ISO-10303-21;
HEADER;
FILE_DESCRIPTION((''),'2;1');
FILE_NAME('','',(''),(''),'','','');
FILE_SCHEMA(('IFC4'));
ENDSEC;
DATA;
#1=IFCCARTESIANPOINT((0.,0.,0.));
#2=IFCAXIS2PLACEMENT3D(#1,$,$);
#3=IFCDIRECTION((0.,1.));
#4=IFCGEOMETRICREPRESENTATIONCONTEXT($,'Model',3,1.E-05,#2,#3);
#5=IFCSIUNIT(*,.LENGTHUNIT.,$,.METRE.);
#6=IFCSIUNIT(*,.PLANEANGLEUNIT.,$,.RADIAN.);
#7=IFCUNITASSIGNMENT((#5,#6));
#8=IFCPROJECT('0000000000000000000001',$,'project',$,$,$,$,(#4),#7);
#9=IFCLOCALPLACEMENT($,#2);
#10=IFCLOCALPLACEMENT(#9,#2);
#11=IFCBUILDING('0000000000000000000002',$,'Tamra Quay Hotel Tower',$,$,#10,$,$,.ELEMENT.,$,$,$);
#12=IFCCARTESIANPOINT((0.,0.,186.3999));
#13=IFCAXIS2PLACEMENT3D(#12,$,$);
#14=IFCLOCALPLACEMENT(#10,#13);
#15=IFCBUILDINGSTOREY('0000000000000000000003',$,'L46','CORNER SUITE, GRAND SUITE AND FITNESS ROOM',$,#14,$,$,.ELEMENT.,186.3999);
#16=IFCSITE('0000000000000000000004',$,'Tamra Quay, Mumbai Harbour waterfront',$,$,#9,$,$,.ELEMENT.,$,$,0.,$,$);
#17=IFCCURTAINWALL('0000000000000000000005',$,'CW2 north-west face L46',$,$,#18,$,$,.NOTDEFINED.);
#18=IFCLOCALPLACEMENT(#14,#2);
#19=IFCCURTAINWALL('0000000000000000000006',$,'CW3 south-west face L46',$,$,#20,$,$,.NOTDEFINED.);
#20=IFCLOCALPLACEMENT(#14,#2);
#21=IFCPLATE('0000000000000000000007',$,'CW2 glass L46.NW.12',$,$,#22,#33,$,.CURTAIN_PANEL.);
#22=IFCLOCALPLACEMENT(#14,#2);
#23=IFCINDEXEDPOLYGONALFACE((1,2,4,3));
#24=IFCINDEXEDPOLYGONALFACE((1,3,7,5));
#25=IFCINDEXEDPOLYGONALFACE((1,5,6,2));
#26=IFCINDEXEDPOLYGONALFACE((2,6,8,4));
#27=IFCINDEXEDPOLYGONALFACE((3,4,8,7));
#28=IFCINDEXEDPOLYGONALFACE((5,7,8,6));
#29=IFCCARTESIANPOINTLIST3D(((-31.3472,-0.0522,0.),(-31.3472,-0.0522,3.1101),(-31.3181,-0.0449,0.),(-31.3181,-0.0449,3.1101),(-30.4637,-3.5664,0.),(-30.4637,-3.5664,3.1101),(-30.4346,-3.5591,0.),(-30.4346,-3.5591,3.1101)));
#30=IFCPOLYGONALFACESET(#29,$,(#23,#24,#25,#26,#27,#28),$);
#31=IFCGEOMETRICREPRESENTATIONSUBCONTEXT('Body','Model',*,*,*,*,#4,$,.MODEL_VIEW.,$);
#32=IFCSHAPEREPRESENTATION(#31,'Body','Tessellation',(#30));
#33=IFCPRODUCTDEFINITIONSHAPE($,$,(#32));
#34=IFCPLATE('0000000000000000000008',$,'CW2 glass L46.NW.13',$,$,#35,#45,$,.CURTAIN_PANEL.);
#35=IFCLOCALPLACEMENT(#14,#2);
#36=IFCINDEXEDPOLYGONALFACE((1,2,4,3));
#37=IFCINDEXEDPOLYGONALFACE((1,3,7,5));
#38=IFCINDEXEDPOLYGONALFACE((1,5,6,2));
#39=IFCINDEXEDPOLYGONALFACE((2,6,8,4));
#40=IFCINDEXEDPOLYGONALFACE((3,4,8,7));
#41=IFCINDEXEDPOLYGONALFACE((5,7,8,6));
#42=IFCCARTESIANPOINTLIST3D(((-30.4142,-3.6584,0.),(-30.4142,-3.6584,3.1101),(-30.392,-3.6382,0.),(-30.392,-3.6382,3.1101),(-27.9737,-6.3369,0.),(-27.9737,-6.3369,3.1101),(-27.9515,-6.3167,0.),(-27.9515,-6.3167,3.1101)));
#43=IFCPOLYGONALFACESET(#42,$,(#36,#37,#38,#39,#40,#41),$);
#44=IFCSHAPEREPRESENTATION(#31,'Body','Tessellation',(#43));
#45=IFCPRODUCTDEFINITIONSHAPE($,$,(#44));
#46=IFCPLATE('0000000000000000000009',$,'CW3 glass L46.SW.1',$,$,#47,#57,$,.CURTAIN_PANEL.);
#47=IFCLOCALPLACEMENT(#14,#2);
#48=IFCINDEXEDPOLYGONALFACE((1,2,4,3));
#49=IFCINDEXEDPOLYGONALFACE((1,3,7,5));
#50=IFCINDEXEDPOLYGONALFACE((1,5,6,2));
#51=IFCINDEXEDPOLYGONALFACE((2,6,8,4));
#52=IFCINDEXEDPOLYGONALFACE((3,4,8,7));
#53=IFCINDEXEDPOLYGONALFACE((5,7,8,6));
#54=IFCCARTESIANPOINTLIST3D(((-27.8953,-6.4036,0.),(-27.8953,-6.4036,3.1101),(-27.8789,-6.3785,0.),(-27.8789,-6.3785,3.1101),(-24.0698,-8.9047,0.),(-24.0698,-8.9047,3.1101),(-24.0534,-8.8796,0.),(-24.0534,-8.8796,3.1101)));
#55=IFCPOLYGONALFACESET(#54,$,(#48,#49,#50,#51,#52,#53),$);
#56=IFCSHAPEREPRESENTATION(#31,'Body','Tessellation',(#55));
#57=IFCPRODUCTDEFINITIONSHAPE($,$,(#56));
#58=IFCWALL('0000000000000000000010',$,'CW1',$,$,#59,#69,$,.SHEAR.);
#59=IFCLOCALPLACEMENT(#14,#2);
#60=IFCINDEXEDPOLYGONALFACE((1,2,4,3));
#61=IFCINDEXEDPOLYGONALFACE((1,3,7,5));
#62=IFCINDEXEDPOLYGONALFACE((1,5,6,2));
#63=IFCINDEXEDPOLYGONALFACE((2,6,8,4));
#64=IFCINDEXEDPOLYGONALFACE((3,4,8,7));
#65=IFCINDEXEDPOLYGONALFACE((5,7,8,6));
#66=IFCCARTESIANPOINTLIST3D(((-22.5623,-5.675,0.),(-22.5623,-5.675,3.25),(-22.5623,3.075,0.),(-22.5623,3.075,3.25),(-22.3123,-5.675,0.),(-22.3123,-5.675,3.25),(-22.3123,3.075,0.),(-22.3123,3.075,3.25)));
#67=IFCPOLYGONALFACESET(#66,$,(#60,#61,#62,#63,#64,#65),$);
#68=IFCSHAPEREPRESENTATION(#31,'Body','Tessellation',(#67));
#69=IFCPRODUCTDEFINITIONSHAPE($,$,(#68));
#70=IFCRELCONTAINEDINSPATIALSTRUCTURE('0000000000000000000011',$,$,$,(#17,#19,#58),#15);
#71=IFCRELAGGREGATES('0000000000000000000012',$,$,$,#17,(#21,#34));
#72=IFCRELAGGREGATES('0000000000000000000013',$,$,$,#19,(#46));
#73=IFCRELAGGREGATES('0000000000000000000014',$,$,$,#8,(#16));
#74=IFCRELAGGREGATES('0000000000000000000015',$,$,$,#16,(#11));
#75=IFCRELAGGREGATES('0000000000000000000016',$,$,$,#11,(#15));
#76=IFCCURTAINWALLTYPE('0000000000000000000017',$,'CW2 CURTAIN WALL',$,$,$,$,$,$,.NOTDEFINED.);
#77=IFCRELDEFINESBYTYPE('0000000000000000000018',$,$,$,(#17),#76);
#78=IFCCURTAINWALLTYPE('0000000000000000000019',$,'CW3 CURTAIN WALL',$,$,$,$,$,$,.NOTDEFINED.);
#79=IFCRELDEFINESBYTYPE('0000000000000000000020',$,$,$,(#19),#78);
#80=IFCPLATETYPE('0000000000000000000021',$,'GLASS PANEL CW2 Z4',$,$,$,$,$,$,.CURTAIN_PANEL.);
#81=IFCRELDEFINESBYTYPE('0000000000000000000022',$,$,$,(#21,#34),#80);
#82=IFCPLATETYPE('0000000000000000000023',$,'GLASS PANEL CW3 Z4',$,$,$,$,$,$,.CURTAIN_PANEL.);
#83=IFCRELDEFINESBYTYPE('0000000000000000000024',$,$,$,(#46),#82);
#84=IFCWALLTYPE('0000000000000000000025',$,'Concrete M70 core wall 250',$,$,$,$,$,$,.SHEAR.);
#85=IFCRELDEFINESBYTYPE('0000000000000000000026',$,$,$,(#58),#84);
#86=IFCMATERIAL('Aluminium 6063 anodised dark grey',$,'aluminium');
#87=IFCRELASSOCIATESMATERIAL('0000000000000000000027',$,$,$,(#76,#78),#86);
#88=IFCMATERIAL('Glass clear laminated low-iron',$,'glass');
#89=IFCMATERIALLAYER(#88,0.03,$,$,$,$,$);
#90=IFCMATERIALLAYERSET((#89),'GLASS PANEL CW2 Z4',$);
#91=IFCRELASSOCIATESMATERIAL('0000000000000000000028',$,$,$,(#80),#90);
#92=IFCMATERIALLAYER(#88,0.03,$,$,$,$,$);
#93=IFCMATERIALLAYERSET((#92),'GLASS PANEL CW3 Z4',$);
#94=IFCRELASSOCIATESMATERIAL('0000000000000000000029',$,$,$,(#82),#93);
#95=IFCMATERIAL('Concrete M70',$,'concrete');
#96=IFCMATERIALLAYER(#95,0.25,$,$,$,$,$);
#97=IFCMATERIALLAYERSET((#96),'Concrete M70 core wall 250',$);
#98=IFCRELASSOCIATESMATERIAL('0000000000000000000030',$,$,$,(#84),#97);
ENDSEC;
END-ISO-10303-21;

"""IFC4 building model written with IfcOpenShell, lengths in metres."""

from ifc_helpers import new_model, si_unit, direction, frame, frame_2d, origin, origin_2d, place, context, subcontext, project, spatial, rectangle, extrude, material, layer, layer_set, type_object, element, aggregate, save


model = new_model("IFC4")

# Units and contexts
model_context = context("Model", 3, precision=1e-05, world=origin(), true_north=direction((0.0, 1.0)))
body_context = subcontext(model_context, "Body", "Model", "MODEL_VIEW")
ifc_project = project(units=[si_unit("LENGTHUNIT", "METRE"), si_unit("PLANEANGLEUNIT", "RADIAN")], contexts=[model_context])

# Site, building, storey
site_placement = place(None, origin())
site = spatial("IfcSite", under=ifc_project, at=site_placement, Name="Tamra Quay, Mumbai Harbour waterfront", CompositionType="ELEMENT", RefElevation=0.0)
building_placement = place(site_placement, origin())
building = spatial("IfcBuilding", under=site, at=building_placement, Name="Tamra Quay Hotel Tower", CompositionType="ELEMENT")
storey_placement = place(building_placement, frame((0.0, 0.0, 186.3999)))
storey = spatial("IfcBuildingStorey", under=building, at=storey_placement, Name="L46", Description="CORNER SUITE, GRAND SUITE AND FITNESS ROOM", CompositionType="ELEMENT", Elevation=186.3999)

# Shared definitions
ifc_material_1 = material(Name="Concrete M70", Category="concrete")

# Curtain walls
ifc_material_2 = material(Name="Aluminium 6063 anodised dark grey", Category="aluminium")
curtain_wall_type_1 = type_object("IfcCurtainWallType", Name="CW2 CURTAIN WALL", PredefinedType="NOTDEFINED", material=ifc_material_2)
curtain_wall_1_placement = place(storey_placement, origin())
curtain_wall_1 = element("IfcCurtainWall", 1, at=curtain_wall_1_placement, inside=storey, type_object=curtain_wall_type_1, Name="CW2 north-west face L46", PredefinedType="NOTDEFINED")
curtain_wall_type_2 = type_object("IfcCurtainWallType", Name="CW3 CURTAIN WALL", PredefinedType="NOTDEFINED", material=ifc_material_2)
curtain_wall_2_placement = place(storey_placement, origin())
curtain_wall_2 = element("IfcCurtainWall", 2, at=curtain_wall_2_placement, inside=storey, type_object=curtain_wall_type_2, Name="CW3 south-west face L46", PredefinedType="NOTDEFINED")

# Plates
ifc_material_3 = material(Name="Glass clear laminated low-iron", Category="glass")
ifc_layer_1 = layer(ifc_material_3, 0.03)
ifc_layer_set_1 = layer_set([ifc_layer_1], Name="GLASS PANEL CW2 Z4")
plate_type_1 = type_object("IfcPlateType", Name="GLASS PANEL CW2 Z4", PredefinedType="CURTAIN_PANEL", material=ifc_layer_set_1)
plate_1_placement = place(storey_placement, frame((-30.8909, -1.8057, 0.0), z_axis=(0.0, 0.0, 1.0), x_axis=(0.243826, -0.969819, 0.0)))
plate_1 = element("IfcPlate", 3, at=plate_1_placement, type_object=plate_type_1, Name="CW2 glass L46.NW.12", PredefinedType="CURTAIN_PANEL", context=body_context, shape_type="SweptSolid", body=[
    extrude(rectangle(XDim=3.6235, YDim=0.03, at=origin_2d()), origin(), (0.0, 0.0, 1.0), 3.1101),
])
plate_2_placement = place(storey_placement, frame((-29.1829, -4.9875, 0.0), z_axis=(0.0, 0.0, 1.0), x_axis=(0.673496, -0.739191, 0.0)))
plate_2 = element("IfcPlate", 4, at=plate_2_placement, type_object=plate_type_1, Name="CW2 glass L46.NW.13", PredefinedType="CURTAIN_PANEL", context=body_context, shape_type="SweptSolid", body=[
    extrude(rectangle(XDim=3.6235, YDim=0.03, at=origin_2d()), origin(), (0.0, 0.0, 1.0), 3.1101),
])
aggregate(curtain_wall_1, [plate_1, plate_2])
ifc_layer_2 = layer(ifc_material_3, 0.03)
ifc_layer_set_2 = layer_set([ifc_layer_2], Name="GLASS PANEL CW3 Z4")
plate_type_2 = type_object("IfcPlateType", Name="GLASS PANEL CW3 Z4", PredefinedType="CURTAIN_PANEL", material=ifc_layer_set_2)
plate_3_placement = place(storey_placement, frame((-25.9744, -7.6416, 0.0), z_axis=(0.0, 0.0, 1.0), x_axis=(0.836986, -0.547224, 0.0)))
plate_3 = element("IfcPlate", 5, at=plate_3_placement, type_object=plate_type_2, Name="CW3 glass L46.SW.1", PredefinedType="CURTAIN_PANEL", context=body_context, shape_type="SweptSolid", body=[
    extrude(rectangle(XDim=4.5706, YDim=0.03, at=origin_2d()), origin(), (0.0, 0.0, 1.0), 3.1101),
])
aggregate(curtain_wall_2, [plate_3])

# Wall
ifc_layer_3 = layer(ifc_material_1, 0.25)
ifc_layer_set_3 = layer_set([ifc_layer_3], Name="Concrete M70 core wall 250")
wall_type = type_object("IfcWallType", Name="Concrete M70 core wall 250", PredefinedType="SHEAR", material=ifc_layer_set_3)
wall_placement = place(storey_placement, frame((-22.4373, -5.675, 0.0), z_axis=(0.0, 0.0, 1.0), x_axis=(0.0, 1.0, 0.0)))
element("IfcWall", 6, at=wall_placement, inside=storey, type_object=wall_type, Name="CW1", PredefinedType="SHEAR", context=body_context, shape_type="SweptSolid", body=[
    extrude(rectangle(XDim=8.75, YDim=0.25, at=frame_2d((4.375, 0.0))), origin(), (0.0, 0.0, 1.0), 3.25),
])

save(model, "model.ifc")
